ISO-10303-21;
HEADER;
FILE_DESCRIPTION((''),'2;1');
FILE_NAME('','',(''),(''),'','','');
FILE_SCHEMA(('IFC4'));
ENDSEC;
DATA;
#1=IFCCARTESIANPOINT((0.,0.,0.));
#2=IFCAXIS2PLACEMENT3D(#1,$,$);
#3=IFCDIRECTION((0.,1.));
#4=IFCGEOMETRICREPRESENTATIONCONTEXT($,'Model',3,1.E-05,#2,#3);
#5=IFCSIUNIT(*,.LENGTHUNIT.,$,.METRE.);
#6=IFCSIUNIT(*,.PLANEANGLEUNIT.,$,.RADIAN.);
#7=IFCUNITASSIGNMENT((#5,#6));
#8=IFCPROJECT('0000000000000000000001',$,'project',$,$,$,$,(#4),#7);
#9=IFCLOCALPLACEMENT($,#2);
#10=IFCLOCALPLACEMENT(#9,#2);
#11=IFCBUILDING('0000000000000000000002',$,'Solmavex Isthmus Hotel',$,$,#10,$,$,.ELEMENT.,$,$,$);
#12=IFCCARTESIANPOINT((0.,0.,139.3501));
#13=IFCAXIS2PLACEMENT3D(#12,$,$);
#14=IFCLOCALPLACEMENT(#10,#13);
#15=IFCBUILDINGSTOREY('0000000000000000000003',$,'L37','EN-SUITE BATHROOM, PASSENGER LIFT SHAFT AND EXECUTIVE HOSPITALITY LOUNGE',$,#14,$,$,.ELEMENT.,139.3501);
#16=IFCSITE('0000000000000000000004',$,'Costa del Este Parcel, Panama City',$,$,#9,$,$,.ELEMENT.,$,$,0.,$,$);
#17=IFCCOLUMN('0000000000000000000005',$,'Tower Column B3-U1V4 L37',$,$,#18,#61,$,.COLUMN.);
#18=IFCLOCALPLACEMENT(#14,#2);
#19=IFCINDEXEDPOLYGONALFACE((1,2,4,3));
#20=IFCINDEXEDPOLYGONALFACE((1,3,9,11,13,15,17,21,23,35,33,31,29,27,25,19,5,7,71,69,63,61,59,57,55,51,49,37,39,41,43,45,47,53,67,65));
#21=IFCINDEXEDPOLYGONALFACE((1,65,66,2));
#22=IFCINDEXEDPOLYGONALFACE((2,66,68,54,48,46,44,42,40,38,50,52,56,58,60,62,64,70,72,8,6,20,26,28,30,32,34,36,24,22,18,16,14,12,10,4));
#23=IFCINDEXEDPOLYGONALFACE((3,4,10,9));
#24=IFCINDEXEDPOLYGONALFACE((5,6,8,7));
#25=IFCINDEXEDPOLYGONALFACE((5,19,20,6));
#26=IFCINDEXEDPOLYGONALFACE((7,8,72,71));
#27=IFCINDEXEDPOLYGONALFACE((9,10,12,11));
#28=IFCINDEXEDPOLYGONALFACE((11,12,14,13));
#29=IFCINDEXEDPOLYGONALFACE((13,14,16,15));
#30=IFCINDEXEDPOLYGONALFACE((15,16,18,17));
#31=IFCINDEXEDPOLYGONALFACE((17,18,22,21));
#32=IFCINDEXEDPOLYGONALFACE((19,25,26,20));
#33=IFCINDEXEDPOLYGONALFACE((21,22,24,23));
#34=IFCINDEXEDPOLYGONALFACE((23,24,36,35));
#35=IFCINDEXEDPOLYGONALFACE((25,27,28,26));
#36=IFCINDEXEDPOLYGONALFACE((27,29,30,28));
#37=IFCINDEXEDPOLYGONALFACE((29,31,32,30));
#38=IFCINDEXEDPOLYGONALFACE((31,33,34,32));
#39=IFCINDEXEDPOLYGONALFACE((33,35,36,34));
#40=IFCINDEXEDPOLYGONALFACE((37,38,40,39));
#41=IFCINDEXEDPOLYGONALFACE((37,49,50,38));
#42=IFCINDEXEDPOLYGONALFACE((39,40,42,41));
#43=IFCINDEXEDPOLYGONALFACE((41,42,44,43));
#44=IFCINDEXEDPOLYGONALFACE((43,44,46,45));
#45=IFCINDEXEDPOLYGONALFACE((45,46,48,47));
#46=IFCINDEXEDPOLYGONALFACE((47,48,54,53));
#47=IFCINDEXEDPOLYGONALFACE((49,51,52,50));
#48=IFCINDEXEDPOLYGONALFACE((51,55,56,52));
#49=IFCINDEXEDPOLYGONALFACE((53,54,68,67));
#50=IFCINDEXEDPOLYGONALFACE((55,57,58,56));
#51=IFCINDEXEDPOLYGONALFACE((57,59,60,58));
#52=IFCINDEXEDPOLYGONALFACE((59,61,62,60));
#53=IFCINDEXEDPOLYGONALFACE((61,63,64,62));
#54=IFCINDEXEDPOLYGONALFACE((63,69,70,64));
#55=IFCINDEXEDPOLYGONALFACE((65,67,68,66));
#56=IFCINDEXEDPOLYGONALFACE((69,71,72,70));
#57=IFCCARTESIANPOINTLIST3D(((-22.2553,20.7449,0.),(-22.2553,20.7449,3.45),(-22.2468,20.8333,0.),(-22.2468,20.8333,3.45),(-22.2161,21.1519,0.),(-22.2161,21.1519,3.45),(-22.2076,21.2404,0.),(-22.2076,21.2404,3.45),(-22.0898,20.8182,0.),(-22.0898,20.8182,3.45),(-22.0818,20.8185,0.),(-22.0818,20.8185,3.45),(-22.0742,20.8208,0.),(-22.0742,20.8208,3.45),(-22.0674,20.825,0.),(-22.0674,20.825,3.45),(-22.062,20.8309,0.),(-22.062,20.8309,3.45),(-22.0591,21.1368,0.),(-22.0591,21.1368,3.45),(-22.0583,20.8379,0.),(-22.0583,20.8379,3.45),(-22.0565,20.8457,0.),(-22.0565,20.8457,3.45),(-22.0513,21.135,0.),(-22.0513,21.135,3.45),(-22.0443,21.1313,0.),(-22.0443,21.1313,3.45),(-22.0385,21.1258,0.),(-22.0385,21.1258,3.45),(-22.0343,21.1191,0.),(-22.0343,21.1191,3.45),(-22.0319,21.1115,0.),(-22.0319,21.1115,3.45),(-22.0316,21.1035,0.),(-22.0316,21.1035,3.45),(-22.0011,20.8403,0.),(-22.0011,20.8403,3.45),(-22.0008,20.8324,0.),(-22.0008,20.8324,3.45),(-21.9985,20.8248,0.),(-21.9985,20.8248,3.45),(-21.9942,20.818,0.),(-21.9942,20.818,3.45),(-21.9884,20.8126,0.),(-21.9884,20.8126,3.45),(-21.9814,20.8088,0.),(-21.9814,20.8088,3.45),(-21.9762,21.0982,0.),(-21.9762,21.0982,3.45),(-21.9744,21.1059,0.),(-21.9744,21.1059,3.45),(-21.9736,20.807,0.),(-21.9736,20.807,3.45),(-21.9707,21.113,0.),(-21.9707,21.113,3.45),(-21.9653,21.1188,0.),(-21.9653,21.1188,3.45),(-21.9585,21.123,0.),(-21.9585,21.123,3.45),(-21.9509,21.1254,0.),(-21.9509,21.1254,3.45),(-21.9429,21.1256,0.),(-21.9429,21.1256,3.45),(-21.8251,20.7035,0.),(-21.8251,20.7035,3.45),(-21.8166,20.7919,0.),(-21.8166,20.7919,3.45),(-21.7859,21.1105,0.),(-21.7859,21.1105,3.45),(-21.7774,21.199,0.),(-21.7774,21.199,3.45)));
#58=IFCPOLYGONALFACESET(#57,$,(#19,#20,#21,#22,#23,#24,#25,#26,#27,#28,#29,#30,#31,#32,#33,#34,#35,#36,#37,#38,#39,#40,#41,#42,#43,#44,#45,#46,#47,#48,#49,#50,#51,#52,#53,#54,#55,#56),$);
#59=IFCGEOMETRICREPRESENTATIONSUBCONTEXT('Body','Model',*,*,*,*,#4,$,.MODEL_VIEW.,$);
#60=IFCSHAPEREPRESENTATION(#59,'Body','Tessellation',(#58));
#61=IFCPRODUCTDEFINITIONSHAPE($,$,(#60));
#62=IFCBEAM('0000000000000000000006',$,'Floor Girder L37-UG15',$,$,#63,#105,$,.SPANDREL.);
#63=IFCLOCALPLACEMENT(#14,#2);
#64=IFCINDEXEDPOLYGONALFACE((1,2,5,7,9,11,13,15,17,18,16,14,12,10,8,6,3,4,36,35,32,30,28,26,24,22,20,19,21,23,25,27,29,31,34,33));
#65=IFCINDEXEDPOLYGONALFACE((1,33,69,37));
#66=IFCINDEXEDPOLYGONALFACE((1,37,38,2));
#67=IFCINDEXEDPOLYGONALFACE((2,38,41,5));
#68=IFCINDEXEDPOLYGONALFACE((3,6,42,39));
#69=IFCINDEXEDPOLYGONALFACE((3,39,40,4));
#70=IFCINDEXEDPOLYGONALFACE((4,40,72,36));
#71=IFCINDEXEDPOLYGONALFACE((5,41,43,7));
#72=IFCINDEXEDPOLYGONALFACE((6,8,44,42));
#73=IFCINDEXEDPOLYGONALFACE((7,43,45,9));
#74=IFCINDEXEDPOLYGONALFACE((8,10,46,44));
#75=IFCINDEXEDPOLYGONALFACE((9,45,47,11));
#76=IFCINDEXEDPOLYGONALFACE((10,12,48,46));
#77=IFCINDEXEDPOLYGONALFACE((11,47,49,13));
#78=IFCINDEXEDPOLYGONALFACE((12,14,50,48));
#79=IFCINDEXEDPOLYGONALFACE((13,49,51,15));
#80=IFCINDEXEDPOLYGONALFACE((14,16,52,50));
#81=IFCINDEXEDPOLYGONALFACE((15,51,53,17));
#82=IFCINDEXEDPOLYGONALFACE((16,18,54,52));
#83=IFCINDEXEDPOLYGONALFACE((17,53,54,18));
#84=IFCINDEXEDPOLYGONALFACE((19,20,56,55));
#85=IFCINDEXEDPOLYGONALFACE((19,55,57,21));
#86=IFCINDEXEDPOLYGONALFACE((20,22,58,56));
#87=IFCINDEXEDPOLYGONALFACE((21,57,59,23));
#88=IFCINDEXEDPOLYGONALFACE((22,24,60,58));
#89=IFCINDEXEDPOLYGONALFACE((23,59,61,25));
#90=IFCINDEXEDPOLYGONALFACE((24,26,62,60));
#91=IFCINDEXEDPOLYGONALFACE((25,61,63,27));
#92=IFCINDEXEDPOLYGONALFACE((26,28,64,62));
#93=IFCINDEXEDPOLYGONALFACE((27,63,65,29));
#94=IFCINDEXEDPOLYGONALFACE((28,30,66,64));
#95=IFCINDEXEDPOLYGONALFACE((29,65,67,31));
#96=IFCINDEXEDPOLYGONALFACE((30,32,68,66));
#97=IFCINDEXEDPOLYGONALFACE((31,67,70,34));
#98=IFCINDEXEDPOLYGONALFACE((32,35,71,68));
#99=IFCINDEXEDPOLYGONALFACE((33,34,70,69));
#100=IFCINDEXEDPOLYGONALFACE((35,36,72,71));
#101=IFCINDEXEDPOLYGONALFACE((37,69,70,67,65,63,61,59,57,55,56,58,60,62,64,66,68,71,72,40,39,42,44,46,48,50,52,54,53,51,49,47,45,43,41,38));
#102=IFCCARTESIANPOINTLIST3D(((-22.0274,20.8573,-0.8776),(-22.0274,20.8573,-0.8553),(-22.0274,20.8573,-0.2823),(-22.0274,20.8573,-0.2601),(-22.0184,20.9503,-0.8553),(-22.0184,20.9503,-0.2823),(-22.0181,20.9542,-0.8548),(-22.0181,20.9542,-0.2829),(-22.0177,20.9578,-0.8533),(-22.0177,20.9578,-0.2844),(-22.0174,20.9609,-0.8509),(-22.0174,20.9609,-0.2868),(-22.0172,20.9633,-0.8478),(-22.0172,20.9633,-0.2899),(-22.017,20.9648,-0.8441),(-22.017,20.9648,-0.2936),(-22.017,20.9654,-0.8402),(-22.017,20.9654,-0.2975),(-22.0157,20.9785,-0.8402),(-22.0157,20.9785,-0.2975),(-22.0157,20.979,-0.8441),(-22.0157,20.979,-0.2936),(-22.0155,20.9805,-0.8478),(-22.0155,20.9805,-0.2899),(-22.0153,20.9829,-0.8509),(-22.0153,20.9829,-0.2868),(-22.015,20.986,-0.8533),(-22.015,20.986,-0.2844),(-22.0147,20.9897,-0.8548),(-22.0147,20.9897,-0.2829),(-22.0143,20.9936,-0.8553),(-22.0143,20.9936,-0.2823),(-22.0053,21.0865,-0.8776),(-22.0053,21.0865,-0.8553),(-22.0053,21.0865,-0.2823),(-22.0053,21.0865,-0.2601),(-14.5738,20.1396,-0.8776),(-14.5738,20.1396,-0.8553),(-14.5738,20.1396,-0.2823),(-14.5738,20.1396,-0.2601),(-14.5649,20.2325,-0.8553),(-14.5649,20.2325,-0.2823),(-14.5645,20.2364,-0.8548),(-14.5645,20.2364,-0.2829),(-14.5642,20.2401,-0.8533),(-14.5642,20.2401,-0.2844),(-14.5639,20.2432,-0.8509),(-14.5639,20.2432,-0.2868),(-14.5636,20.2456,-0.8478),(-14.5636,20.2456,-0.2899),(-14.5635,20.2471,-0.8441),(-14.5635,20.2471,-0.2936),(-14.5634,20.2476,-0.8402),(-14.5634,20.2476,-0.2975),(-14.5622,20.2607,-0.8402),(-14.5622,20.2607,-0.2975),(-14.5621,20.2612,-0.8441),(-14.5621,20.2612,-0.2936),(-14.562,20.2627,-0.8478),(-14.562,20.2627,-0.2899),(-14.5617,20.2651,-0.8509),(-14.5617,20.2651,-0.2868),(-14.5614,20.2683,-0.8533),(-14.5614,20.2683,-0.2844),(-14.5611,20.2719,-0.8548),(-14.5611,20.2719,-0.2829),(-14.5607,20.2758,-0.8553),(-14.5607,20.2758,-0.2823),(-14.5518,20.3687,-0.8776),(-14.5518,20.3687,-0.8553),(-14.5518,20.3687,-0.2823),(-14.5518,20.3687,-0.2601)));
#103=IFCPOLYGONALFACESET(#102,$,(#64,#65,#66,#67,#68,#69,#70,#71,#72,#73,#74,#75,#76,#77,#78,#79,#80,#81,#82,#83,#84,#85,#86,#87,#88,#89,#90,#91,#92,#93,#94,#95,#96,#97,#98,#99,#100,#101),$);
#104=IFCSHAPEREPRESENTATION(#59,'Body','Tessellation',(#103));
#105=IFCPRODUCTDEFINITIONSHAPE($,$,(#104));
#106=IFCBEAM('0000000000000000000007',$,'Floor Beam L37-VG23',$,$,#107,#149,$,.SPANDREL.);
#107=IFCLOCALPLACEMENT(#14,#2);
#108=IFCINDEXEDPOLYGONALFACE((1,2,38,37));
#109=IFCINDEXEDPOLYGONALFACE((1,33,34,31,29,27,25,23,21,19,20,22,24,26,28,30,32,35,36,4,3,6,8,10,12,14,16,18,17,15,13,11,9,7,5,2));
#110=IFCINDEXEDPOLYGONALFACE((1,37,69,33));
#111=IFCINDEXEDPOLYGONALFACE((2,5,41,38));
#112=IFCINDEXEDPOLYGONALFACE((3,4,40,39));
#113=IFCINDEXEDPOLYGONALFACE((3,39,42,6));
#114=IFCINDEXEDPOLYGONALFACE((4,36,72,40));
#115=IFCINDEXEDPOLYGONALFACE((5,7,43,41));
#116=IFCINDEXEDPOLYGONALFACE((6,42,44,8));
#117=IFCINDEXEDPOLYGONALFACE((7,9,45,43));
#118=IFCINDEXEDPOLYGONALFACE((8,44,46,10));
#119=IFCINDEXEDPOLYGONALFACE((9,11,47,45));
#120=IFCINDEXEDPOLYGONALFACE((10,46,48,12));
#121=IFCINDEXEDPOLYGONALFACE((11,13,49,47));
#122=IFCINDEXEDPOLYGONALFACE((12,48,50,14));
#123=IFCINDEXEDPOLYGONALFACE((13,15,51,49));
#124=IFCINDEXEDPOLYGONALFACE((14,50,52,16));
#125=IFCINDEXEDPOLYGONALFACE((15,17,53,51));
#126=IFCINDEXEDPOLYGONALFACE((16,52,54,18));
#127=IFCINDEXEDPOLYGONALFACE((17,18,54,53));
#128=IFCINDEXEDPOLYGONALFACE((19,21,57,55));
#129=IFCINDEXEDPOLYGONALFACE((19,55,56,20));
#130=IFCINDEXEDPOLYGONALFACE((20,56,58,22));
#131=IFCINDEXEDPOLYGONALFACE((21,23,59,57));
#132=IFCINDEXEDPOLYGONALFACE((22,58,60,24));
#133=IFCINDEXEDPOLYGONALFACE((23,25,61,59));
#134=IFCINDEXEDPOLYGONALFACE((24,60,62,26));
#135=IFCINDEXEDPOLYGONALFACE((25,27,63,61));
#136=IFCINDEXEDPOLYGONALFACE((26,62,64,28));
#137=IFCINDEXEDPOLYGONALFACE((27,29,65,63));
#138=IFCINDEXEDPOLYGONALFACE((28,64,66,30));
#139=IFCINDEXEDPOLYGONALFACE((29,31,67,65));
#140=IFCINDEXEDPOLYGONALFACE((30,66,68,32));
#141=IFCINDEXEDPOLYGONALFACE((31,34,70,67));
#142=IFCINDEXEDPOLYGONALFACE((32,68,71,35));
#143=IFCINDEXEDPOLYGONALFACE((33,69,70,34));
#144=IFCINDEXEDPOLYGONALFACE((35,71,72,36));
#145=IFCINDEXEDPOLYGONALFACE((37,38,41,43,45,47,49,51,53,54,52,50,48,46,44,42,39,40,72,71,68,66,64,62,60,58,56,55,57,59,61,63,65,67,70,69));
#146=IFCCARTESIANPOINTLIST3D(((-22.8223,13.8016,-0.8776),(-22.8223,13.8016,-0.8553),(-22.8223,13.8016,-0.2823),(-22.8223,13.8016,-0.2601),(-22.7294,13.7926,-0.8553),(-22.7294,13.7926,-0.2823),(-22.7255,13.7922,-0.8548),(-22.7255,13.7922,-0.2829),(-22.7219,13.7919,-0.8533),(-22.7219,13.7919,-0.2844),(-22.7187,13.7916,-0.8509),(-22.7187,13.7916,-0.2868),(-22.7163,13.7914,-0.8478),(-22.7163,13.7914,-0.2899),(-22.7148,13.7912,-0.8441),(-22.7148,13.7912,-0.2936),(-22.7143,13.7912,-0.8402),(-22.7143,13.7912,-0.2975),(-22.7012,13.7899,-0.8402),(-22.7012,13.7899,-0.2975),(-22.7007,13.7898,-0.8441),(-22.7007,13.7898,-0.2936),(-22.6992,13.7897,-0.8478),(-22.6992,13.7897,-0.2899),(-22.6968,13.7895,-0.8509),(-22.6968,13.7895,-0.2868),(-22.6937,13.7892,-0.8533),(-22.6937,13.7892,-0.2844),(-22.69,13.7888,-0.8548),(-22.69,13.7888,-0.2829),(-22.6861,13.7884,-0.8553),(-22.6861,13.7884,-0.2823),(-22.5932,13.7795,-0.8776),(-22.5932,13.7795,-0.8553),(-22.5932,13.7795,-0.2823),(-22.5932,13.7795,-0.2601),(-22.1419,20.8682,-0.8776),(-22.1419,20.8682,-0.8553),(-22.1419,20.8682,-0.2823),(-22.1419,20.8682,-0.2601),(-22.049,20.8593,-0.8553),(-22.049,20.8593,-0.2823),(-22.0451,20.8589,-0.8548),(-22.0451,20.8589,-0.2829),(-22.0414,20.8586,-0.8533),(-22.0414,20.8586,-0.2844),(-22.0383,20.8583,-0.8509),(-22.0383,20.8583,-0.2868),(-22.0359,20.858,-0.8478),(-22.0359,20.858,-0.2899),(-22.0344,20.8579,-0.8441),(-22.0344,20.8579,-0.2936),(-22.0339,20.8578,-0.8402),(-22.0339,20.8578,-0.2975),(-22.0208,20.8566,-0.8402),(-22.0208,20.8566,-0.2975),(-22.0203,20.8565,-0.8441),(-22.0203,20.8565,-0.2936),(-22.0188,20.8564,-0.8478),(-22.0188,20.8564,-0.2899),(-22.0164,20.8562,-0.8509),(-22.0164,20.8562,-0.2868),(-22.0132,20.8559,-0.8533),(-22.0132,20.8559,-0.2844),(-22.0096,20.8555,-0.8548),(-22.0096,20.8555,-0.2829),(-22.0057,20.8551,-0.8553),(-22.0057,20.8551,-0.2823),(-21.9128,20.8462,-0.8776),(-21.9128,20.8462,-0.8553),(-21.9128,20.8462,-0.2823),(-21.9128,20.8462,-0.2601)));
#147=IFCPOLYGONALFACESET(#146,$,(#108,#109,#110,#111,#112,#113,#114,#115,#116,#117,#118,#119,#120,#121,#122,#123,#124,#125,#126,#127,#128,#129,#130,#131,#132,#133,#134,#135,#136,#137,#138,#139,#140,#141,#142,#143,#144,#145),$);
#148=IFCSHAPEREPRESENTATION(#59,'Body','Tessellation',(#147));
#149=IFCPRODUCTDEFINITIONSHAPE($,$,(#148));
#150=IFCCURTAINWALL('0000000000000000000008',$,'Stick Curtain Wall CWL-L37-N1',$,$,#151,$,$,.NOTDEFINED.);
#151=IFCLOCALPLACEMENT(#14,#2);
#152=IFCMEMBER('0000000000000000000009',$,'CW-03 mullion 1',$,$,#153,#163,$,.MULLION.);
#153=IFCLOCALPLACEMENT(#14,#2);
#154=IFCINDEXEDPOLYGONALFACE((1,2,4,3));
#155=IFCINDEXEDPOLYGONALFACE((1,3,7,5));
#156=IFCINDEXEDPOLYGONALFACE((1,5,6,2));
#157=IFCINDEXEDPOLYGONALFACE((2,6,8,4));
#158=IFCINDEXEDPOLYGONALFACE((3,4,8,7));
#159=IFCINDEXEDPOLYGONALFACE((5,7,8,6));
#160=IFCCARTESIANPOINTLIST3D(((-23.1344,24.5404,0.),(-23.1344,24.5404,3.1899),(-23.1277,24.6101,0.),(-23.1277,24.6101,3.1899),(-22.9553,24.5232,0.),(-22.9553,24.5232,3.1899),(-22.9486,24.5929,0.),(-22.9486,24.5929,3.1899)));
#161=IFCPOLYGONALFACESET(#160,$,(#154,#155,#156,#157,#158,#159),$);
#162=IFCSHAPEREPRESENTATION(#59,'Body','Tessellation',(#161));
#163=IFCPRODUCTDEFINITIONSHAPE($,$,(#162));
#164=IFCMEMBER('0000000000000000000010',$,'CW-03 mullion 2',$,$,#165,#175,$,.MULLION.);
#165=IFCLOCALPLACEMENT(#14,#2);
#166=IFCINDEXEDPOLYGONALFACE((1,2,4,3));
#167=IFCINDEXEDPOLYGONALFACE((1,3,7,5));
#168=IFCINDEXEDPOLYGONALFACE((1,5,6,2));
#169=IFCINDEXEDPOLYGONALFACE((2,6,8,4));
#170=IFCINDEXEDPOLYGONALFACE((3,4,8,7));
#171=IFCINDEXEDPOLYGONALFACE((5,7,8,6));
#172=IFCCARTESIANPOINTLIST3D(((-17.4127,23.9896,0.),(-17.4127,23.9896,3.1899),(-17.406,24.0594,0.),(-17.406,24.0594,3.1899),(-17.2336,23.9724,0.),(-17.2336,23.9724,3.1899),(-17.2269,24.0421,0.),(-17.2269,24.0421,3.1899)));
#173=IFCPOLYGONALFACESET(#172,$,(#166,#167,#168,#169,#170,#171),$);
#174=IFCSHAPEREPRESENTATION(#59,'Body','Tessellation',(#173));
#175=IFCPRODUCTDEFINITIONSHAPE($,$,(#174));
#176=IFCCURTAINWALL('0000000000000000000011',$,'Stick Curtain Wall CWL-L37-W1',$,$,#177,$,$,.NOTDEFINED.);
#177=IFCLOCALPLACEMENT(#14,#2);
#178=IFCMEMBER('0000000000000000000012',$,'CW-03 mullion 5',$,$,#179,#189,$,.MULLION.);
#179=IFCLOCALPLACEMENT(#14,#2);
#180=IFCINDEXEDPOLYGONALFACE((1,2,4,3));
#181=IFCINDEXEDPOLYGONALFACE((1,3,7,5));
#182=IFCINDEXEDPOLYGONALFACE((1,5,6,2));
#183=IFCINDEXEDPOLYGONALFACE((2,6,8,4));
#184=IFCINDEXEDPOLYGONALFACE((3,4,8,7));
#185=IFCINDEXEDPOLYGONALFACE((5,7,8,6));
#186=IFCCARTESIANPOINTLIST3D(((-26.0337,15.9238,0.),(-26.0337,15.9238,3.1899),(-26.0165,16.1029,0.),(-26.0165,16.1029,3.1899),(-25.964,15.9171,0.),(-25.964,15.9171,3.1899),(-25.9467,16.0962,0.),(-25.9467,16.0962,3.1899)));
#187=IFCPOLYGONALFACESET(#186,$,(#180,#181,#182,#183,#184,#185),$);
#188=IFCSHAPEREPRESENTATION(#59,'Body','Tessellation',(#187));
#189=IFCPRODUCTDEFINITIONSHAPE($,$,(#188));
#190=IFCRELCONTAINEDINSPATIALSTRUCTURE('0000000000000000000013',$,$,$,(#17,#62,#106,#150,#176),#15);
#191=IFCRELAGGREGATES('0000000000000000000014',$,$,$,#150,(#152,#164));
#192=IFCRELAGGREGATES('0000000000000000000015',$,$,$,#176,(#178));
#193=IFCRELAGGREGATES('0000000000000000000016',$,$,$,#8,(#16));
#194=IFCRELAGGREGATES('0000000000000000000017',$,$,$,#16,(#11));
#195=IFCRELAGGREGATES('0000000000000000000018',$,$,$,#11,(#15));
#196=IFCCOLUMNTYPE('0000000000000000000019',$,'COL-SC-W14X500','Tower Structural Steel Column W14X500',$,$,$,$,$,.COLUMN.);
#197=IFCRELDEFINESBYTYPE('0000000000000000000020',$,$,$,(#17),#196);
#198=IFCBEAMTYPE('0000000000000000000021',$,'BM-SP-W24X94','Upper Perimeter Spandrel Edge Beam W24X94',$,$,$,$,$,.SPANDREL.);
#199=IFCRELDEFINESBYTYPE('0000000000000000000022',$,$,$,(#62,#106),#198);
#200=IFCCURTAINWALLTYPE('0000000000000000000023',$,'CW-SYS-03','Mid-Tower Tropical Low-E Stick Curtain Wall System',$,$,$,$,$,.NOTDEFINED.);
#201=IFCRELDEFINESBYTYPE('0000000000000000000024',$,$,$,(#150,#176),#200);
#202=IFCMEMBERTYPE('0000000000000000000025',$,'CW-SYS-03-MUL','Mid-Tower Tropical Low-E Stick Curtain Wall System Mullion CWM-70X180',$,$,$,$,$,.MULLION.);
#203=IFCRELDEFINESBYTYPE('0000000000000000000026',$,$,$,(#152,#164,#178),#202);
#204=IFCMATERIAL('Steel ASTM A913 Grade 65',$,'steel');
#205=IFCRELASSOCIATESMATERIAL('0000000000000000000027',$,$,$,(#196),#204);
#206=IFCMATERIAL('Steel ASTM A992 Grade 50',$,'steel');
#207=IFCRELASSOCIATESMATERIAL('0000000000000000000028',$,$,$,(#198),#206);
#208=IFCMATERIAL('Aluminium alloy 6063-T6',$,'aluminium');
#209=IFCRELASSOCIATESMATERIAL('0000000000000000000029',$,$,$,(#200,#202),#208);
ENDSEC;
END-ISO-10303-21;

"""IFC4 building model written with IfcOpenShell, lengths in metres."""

from ifc_helpers import new_model, si_unit, direction, frame, origin, origin_2d, place, context, subcontext, project, spatial, rectangle, i_section, extrude, material, material_profile, profile_set, type_object, element, aggregate, save


model = new_model("IFC4")

# Units and contexts
model_context = context("Model", 3, precision=1e-05, world=origin(), true_north=direction((0.0, 1.0)))
body_context = subcontext(model_context, "Body", "Model", "MODEL_VIEW")
ifc_project = project(units=[si_unit("LENGTHUNIT", "METRE"), si_unit("PLANEANGLEUNIT", "RADIAN")], contexts=[model_context])

# Site, building, storey
site_placement = place(None, origin())
site = spatial("IfcSite", under=ifc_project, at=site_placement, Name="Costa del Este Parcel, Panama City", CompositionType="ELEMENT", RefElevation=0.0)
building_placement = place(site_placement, origin())
building = spatial("IfcBuilding", under=site, at=building_placement, Name="Solmavex Isthmus Hotel", CompositionType="ELEMENT")
storey_placement = place(building_placement, frame((0.0, 0.0, 139.3501)))
storey = spatial("IfcBuildingStorey", under=building, at=storey_placement, Name="L37", Description="EN-SUITE BATHROOM, PASSENGER LIFT SHAFT AND EXECUTIVE HOSPITALITY LOUNGE", CompositionType="ELEMENT", Elevation=139.3501)

# Column
ifc_material_1 = material(Name="Steel ASTM A913 Grade 65", Category="steel")
ifc_material_profile_1 = material_profile(ifc_material_1, i_section(OverallWidth=0.4321, OverallDepth=0.4978, WebThickness=0.0557, FlangeThickness=0.0889, FilletRadius=0.0305, at=origin_2d()), Name="W14X500")
ifc_profile_set_1 = profile_set([ifc_material_profile_1], Name="Steel ASTM A913 Grade 65")
column_type = type_object("IfcColumnType", Name="COL-SC-W14X500", Description="Tower Structural Steel Column W14X500", PredefinedType="COLUMN", material=ifc_profile_set_1)
column_placement = place(storey_placement, frame((-22.0164, 20.9719, 0.0), z_axis=(0.0, 0.0, 1.0), x_axis=(0.995396, -0.095846, 0.0)))
element("IfcColumn", 1, at=column_placement, inside=storey, type_object=column_type, Name="Tower Column B3-U1V4 L37", PredefinedType="COLUMN", context=body_context, shape_type="SweptSolid", body=[
    extrude(i_section(OverallWidth=0.4321, OverallDepth=0.4978, WebThickness=0.0557, FlangeThickness=0.0889, FilletRadius=0.0305, at=origin_2d()), origin(), (0.0, 0.0, 1.0), 3.45),
])

# Beams
ifc_material_2 = material(Name="Steel ASTM A992 Grade 50", Category="steel")
ifc_material_profile_2 = material_profile(ifc_material_2, i_section(OverallWidth=0.2302, OverallDepth=0.6174, WebThickness=0.0132, FlangeThickness=0.0222, FilletRadius=0.0151, at=origin_2d()), Name="W24X94")
ifc_profile_set_2 = profile_set([ifc_material_profile_2], Name="Steel ASTM A992 Grade 50")
beam_type = type_object("IfcBeamType", Name="BM-SP-W24X94", Description="Upper Perimeter Spandrel Edge Beam W24X94", PredefinedType="SPANDREL", material=ifc_profile_set_2)
beam_1_placement = place(storey_placement, frame((-22.0164, 20.9719, -0.5688), z_axis=(0.995395, -0.095855, 0.0), x_axis=(0.095855, 0.995395, 0.0)))
element("IfcBeam", 2, at=beam_1_placement, inside=storey, type_object=beam_type, Name="Floor Girder L37-UG15", PredefinedType="SPANDREL", context=body_context, shape_type="SweptSolid", body=[
    extrude(i_section(OverallWidth=0.2302, OverallDepth=0.6174, WebThickness=0.0132, FlangeThickness=0.0222, FilletRadius=0.0151, at=origin_2d()), origin(), (0.0, 0.0, 1.0), 7.488),
])
beam_2_placement = place(storey_placement, frame((-22.7078, 13.7905, -0.5688), z_axis=(0.095843, 0.995396, 0.0), x_axis=(-0.995396, 0.095843, 0.0)))
element("IfcBeam", 3, at=beam_2_placement, inside=storey, type_object=beam_type, Name="Floor Beam L37-VG23", PredefinedType="SPANDREL", context=body_context, shape_type="SweptSolid", body=[
    extrude(i_section(OverallWidth=0.2302, OverallDepth=0.6174, WebThickness=0.0132, FlangeThickness=0.0222, FilletRadius=0.0151, at=origin_2d()), origin(), (0.0, 0.0, 1.0), 7.0994),
])

# Curtain walls, members
ifc_material_3 = material(Name="Aluminium alloy 6063-T6", Category="aluminium")
curtain_wall_type = type_object("IfcCurtainWallType", Name="CW-SYS-03", Description="Mid-Tower Tropical Low-E Stick Curtain Wall System", PredefinedType="NOTDEFINED", material=ifc_material_3)
curtain_wall_1_placement = place(storey_placement, origin())
curtain_wall_1 = element("IfcCurtainWall", 4, at=curtain_wall_1_placement, inside=storey, type_object=curtain_wall_type, Name="Stick Curtain Wall CWL-L37-N1", PredefinedType="NOTDEFINED")
ifc_material_profile_3 = material_profile(ifc_material_3, rectangle(XDim=0.0701, YDim=0.1799, at=origin_2d()), Name="CWM-70X180")
ifc_profile_set_3 = profile_set([ifc_material_profile_3], Name="Aluminium alloy 6063-T6")
member_type_1 = type_object("IfcMemberType", Name="CW-SYS-03-MUL", Description="Mid-Tower Tropical Low-E Stick Curtain Wall System Mullion CWM-70X180", PredefinedType="MULLION", material=ifc_profile_set_3)
member_1_placement = place(storey_placement, frame((-23.0415, 24.5667, 0.0), z_axis=(0.0, 0.0, 1.0), x_axis=(0.095846, 0.995396, 0.0)))
member_1 = element("IfcMember", 5, at=member_1_placement, type_object=member_type_1, Name="CW-03 mullion 1", PredefinedType="MULLION", context=body_context, shape_type="SweptSolid", body=[
    extrude(rectangle(XDim=0.0701, YDim=0.1799, at=origin_2d()), origin(), (0.0, 0.0, 1.0), 3.1899),
])
member_2_placement = place(storey_placement, frame((-17.3198, 24.0159, 0.0), z_axis=(0.0, 0.0, 1.0), x_axis=(0.095846, 0.995396, 0.0)))
member_2 = element("IfcMember", 6, at=member_2_placement, type_object=member_type_1, Name="CW-03 mullion 2", PredefinedType="MULLION", context=body_context, shape_type="SweptSolid", body=[
    extrude(rectangle(XDim=0.0701, YDim=0.1799, at=origin_2d()), origin(), (0.0, 0.0, 1.0), 3.1899),
])
curtain_wall_2_placement = place(storey_placement, origin())
curtain_wall_2 = element("IfcCurtainWall", 7, at=curtain_wall_2_placement, inside=storey, type_object=curtain_wall_type, Name="Stick Curtain Wall CWL-L37-W1", PredefinedType="NOTDEFINED")
member_3_placement = place(storey_placement, frame((-25.9902, 16.01, 0.0), z_axis=(0.0, 0.0, 1.0), x_axis=(-0.995396, 0.095846, 0.0)))
member_3 = element("IfcMember", 8, at=member_3_placement, type_object=member_type_1, Name="CW-03 mullion 5", PredefinedType="MULLION", context=body_context, shape_type="SweptSolid", body=[
    extrude(rectangle(XDim=0.0701, YDim=0.1799, at=origin_2d()), origin(), (0.0, 0.0, 1.0), 3.1899),
])

aggregate(curtain_wall_1, [member_1, member_2])
aggregate(curtain_wall_2, [member_3])

save(model, "model.ifc")
